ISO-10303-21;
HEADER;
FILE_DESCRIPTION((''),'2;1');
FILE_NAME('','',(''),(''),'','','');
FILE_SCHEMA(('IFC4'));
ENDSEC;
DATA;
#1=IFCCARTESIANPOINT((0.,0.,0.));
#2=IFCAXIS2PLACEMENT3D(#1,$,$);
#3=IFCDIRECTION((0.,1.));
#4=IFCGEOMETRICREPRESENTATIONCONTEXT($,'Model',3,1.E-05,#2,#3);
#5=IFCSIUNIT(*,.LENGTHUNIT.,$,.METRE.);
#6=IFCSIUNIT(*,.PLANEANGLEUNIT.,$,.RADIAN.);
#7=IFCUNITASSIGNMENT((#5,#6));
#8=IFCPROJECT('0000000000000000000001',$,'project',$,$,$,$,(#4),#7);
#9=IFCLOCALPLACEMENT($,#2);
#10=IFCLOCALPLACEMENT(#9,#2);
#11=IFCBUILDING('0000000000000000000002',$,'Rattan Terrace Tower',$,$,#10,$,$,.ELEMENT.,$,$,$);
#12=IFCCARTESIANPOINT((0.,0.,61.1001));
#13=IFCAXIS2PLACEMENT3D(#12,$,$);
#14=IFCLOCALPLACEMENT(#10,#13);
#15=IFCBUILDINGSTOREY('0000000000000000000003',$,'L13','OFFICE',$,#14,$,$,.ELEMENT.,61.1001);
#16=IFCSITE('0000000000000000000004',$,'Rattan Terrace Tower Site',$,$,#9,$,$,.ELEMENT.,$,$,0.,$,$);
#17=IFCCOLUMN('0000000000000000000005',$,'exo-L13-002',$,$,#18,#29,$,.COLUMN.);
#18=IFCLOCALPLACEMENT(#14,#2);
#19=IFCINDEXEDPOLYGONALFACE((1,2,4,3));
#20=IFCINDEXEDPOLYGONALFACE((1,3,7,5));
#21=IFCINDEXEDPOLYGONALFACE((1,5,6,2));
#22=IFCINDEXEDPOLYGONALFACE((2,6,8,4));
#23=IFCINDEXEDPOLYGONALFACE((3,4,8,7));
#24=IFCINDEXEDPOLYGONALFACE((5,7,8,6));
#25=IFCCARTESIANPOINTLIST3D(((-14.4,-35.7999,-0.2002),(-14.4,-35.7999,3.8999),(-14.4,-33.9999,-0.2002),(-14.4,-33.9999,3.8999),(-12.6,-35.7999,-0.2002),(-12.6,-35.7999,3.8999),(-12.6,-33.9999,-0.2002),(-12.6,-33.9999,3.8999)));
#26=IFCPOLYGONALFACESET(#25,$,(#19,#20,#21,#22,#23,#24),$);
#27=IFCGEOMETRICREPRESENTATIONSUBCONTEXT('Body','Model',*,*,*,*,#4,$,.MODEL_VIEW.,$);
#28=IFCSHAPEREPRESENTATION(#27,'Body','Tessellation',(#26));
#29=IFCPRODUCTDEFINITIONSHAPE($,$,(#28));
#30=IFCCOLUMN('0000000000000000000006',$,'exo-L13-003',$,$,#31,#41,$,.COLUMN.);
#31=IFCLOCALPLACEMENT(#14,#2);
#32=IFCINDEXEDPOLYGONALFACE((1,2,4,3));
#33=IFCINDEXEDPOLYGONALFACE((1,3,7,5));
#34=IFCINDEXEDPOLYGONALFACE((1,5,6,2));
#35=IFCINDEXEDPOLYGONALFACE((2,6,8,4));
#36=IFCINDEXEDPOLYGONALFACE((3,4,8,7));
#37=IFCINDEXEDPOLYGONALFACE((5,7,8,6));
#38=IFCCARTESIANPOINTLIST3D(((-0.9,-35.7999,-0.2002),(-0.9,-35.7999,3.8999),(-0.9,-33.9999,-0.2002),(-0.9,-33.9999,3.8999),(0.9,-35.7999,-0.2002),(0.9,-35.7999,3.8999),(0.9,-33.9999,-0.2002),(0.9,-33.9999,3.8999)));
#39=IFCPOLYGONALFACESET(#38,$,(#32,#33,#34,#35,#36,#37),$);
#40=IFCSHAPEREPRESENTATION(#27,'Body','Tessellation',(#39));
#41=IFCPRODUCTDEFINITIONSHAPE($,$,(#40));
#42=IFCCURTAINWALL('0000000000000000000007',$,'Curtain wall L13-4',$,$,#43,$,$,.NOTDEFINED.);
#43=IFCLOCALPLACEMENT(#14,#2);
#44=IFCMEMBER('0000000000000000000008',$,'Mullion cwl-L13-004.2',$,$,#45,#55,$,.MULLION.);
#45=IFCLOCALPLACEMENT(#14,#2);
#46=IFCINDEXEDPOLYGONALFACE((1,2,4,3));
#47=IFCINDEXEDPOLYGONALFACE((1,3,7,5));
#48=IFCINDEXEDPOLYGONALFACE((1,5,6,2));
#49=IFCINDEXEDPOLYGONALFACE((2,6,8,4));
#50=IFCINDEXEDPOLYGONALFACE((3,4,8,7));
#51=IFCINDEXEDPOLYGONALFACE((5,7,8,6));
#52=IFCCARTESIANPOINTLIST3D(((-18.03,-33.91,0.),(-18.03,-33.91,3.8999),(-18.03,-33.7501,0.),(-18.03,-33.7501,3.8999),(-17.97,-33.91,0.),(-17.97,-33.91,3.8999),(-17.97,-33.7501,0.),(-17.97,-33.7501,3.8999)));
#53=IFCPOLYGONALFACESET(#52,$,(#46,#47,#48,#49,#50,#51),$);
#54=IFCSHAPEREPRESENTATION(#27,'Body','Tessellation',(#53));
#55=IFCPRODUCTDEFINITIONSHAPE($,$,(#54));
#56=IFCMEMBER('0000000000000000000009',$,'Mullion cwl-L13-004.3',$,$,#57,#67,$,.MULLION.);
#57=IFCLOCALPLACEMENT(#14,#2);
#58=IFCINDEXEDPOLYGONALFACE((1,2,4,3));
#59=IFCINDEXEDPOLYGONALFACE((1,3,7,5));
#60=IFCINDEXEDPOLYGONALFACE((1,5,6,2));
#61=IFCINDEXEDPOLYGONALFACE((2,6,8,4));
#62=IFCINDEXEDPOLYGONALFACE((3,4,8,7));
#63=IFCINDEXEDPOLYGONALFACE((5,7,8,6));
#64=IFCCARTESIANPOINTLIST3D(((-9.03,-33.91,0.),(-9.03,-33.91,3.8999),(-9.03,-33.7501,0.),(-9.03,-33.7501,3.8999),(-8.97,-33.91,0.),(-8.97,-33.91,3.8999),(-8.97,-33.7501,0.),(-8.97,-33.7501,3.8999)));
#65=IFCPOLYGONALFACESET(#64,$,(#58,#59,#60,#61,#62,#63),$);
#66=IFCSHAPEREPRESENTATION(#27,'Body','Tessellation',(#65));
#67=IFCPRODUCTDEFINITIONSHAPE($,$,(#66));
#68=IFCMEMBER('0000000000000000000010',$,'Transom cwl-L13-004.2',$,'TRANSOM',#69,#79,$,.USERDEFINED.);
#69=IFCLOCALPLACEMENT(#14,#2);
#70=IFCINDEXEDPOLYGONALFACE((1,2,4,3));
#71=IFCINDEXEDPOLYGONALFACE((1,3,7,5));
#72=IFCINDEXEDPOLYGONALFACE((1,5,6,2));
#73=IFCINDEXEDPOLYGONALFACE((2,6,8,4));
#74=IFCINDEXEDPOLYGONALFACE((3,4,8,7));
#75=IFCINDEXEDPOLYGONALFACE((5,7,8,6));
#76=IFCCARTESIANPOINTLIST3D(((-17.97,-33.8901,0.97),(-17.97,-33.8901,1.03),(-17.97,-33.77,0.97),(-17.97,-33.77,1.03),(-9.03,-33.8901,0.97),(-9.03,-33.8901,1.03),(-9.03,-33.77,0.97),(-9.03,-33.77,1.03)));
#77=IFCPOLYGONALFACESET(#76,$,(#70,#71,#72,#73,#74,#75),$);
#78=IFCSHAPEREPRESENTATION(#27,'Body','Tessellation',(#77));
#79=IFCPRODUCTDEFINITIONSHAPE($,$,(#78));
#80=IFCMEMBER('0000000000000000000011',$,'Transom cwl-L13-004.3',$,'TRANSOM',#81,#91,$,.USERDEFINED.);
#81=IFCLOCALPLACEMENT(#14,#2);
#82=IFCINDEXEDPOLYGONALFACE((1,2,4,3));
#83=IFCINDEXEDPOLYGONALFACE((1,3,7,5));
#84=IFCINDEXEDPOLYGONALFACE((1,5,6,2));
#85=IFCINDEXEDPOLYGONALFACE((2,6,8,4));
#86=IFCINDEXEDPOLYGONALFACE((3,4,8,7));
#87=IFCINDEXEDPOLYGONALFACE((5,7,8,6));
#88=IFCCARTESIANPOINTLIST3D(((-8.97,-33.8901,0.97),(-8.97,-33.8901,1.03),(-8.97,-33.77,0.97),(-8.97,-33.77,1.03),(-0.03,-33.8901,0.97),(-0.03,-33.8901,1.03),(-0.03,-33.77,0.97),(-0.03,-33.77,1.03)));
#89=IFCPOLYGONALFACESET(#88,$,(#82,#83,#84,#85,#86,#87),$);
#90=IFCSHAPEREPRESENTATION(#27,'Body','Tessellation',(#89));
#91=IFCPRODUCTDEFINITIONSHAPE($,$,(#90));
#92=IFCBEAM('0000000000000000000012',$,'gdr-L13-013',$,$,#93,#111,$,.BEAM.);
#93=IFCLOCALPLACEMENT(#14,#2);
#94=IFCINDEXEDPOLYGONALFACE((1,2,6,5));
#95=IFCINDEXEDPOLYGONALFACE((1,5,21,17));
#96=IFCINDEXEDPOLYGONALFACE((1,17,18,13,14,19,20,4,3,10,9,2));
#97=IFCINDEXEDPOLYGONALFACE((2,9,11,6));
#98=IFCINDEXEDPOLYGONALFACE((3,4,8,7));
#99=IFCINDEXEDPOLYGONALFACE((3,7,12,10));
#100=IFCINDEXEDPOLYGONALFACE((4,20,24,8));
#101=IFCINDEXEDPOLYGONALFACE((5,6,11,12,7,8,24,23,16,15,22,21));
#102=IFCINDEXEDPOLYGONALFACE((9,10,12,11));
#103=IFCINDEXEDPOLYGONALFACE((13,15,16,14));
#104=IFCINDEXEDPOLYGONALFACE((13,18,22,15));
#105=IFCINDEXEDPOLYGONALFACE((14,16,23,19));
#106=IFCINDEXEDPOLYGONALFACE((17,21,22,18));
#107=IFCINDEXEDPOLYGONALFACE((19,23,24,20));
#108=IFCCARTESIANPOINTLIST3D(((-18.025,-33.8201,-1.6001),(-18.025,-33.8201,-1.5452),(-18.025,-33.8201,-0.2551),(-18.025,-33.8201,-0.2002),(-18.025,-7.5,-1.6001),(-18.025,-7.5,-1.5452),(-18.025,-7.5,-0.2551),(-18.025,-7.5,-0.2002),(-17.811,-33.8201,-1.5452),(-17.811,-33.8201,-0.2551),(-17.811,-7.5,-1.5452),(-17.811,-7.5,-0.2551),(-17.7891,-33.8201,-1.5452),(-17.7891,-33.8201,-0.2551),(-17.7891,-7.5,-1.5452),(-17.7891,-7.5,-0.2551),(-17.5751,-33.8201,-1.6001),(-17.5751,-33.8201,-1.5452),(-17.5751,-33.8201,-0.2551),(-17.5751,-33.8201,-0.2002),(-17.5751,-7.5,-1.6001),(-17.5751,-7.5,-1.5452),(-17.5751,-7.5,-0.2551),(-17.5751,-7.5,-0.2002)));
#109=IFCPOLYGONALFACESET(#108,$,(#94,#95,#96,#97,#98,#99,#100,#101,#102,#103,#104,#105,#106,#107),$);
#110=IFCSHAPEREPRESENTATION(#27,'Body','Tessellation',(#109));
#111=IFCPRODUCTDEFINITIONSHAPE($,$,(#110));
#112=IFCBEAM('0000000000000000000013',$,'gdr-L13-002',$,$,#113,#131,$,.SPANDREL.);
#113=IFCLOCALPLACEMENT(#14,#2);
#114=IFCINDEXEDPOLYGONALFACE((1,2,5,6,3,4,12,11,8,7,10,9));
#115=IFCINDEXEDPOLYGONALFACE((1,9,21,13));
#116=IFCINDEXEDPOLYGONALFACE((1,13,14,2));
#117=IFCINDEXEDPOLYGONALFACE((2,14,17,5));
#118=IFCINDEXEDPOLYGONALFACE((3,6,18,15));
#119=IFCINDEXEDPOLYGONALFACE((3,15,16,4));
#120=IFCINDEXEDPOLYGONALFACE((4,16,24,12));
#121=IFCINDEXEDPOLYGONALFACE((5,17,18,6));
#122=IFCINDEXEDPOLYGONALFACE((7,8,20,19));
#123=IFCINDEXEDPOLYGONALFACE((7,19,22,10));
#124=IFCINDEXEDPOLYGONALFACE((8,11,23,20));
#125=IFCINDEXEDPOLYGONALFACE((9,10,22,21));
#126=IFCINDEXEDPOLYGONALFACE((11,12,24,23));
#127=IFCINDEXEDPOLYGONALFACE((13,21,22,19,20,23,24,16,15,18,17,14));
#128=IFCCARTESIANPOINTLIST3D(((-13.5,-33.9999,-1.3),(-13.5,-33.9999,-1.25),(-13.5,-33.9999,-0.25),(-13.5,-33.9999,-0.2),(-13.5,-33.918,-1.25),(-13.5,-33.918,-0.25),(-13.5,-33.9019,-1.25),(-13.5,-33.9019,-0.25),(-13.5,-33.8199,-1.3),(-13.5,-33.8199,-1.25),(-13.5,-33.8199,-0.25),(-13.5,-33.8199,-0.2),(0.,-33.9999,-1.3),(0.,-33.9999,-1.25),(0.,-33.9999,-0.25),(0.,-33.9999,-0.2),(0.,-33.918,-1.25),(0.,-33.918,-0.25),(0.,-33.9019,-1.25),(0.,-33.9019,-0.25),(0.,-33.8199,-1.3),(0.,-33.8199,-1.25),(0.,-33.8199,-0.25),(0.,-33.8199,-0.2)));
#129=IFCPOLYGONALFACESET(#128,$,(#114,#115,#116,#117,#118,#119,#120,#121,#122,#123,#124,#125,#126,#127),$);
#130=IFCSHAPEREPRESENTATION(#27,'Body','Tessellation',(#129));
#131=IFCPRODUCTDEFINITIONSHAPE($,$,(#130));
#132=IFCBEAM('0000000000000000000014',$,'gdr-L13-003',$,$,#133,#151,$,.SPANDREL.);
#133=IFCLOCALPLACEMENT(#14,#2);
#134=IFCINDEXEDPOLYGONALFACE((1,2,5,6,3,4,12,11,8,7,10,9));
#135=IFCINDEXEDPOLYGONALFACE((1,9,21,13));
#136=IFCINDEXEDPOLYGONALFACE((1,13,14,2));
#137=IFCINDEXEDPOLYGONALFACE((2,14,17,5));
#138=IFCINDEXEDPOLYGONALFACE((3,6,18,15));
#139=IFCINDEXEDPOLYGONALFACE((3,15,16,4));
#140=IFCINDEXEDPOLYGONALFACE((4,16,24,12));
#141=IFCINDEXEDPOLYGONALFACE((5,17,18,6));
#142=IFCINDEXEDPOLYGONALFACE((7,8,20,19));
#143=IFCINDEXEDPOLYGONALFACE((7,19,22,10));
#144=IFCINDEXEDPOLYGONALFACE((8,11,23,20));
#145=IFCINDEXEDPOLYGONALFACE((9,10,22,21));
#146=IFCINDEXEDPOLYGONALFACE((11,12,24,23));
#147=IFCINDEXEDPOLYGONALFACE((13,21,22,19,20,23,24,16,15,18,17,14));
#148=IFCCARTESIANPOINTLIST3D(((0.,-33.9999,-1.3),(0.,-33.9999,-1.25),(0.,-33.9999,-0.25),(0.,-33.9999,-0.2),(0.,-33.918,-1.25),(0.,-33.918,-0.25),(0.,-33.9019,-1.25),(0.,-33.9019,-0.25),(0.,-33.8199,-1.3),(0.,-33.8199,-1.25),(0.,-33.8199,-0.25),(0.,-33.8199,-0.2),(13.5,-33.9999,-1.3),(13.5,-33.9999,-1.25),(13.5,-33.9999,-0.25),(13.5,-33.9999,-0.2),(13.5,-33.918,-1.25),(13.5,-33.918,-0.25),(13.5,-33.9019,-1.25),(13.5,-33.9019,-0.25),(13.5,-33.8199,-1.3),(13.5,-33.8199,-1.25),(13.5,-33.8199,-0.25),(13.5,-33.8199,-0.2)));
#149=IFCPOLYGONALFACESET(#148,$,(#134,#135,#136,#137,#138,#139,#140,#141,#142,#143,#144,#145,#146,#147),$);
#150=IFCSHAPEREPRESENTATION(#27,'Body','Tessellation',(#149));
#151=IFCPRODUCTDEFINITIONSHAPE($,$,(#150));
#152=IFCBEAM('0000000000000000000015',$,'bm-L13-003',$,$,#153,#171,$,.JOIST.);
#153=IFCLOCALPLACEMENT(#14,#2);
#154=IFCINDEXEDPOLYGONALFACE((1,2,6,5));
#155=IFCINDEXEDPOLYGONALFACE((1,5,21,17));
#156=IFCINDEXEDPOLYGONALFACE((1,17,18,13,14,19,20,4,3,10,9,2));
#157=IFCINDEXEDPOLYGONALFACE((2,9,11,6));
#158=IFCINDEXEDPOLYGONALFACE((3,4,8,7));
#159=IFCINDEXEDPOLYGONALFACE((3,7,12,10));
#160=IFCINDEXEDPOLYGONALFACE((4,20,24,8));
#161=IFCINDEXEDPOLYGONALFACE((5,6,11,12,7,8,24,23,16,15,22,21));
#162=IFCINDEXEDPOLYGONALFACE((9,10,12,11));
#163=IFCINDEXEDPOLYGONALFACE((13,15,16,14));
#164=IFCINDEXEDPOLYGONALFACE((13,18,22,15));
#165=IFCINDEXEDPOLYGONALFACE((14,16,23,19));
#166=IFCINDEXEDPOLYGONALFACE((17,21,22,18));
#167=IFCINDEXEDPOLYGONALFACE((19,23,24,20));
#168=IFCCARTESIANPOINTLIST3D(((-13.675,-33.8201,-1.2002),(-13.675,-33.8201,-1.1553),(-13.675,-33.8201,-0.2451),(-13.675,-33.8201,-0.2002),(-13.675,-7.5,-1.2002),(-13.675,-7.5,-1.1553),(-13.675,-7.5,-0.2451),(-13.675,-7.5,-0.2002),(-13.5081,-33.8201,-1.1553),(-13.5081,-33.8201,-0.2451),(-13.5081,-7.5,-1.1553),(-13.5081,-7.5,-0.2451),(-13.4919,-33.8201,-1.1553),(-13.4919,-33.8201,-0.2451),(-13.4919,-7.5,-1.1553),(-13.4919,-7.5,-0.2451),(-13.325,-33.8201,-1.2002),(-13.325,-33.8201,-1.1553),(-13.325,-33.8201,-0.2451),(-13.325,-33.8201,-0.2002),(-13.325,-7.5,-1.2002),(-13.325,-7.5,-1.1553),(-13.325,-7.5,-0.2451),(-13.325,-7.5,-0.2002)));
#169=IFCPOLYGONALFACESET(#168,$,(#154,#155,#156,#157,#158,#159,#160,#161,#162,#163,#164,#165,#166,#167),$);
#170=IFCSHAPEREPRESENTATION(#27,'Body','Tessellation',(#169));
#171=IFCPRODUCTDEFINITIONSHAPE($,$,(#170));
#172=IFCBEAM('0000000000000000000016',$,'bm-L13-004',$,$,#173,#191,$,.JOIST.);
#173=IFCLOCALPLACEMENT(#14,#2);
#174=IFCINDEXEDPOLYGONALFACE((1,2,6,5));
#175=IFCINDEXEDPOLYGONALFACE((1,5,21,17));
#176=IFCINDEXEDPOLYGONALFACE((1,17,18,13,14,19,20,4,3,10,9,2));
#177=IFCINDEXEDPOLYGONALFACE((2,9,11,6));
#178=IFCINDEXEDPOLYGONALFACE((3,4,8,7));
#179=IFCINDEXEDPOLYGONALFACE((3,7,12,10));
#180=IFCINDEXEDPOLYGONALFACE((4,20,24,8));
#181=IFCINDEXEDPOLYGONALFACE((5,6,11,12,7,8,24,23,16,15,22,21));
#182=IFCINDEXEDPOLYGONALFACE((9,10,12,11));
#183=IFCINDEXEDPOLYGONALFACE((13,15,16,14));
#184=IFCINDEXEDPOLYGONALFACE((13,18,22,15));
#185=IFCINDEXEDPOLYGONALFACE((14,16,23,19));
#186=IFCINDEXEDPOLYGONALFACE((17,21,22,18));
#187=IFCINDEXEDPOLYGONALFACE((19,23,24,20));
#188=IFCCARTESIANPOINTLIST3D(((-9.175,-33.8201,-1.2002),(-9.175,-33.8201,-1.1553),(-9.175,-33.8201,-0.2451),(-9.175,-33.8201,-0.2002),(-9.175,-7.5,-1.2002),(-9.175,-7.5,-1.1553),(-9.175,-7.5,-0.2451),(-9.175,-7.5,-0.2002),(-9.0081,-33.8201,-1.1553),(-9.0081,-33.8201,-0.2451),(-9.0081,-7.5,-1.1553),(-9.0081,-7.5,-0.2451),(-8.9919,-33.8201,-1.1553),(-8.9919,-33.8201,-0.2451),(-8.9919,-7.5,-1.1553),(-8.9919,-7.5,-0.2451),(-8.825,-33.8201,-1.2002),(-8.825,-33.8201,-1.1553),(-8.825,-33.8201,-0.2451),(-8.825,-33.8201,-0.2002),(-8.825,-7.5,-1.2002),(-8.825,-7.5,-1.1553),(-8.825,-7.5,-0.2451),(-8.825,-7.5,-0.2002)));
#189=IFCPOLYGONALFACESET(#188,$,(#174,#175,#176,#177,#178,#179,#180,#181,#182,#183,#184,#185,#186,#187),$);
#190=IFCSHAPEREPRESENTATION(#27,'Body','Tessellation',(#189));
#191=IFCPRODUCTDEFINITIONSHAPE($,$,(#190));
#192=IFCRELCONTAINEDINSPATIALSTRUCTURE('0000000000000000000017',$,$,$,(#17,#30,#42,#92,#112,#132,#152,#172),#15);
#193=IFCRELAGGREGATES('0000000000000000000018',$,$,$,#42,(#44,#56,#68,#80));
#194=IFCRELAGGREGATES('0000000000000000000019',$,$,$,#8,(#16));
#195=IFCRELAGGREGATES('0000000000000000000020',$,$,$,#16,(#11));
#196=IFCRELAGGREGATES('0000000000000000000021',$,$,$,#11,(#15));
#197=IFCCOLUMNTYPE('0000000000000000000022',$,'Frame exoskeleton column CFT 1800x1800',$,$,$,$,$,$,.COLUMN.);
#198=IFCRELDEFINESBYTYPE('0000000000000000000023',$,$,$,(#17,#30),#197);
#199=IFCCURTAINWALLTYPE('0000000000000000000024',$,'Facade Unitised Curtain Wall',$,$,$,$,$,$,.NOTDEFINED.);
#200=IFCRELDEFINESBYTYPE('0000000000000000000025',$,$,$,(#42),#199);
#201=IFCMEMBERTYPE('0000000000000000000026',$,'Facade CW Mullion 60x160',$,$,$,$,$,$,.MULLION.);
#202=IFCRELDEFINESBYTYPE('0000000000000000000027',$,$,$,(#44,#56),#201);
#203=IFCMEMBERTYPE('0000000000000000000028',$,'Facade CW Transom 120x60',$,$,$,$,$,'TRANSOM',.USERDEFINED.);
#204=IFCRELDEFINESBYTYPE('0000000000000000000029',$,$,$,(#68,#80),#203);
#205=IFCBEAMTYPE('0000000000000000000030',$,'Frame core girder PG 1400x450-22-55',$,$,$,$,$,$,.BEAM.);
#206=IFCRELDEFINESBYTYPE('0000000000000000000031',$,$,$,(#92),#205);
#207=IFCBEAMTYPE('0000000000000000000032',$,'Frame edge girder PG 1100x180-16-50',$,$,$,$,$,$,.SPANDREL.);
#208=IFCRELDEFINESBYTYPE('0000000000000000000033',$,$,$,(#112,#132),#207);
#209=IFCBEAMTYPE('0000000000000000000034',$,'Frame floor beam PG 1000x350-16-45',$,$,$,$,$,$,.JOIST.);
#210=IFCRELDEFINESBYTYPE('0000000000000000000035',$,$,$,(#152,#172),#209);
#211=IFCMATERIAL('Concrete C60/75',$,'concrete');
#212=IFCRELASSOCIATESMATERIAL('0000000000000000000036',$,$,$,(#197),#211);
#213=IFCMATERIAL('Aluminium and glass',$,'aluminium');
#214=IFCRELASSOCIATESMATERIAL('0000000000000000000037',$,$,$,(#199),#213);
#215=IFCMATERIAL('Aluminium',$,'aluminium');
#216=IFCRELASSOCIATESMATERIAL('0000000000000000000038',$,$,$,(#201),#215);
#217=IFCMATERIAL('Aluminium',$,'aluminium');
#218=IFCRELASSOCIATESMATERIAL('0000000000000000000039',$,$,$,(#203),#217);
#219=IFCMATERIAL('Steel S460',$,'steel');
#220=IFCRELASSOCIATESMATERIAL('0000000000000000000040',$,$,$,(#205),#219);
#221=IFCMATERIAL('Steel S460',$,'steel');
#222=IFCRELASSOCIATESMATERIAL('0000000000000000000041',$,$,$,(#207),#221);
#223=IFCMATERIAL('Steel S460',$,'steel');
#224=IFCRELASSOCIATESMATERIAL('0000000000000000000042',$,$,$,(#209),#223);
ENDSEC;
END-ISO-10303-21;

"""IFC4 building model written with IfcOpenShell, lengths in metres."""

from ifc_helpers import new_model, si_unit, direction, frame, origin, origin_2d, place, context, subcontext, project, spatial, rectangle, i_section, extrude, material, material_profile, profile_set, type_object, element, aggregate, save


model = new_model("IFC4")

# Units and contexts
model_context = context("Model", 3, precision=1e-05, world=origin(), true_north=direction((0.0, 1.0)))
body_context = subcontext(model_context, "Body", "Model", "MODEL_VIEW")
ifc_project = project(units=[si_unit("LENGTHUNIT", "METRE"), si_unit("PLANEANGLEUNIT", "RADIAN")], contexts=[model_context])

# Site, building, storey
site_placement = place(None, origin())
site = spatial("IfcSite", under=ifc_project, at=site_placement, Name="Rattan Terrace Tower Site", CompositionType="ELEMENT", RefElevation=0.0)
building_placement = place(site_placement, origin())
building = spatial("IfcBuilding", under=site, at=building_placement, Name="Rattan Terrace Tower", CompositionType="ELEMENT")
storey_placement = place(building_placement, frame((0.0, 0.0, 61.1001)))
storey = spatial("IfcBuildingStorey", under=building, at=storey_placement, Name="L13", Description="OFFICE", CompositionType="ELEMENT", Elevation=61.1001)

# Columns
ifc_material_1 = material(Name="Concrete C60/75", Category="concrete")
ifc_material_profile_1 = material_profile(ifc_material_1, rectangle(XDim=1.8, YDim=1.8, at=origin_2d()), Name="CFT 1800x1800")
ifc_profile_set_1 = profile_set([ifc_material_profile_1], Name="Concrete C60/75")
column_type = type_object("IfcColumnType", Name="Frame exoskeleton column CFT 1800x1800", PredefinedType="COLUMN", material=ifc_profile_set_1)
for number, where, z_axis, x_axis, name in (
    (1, (-13.5, -34.8999, -0.2002), (0.0, 0.0, 1.0), (1.0, 0.0, 0.0), "exo-L13-002"),
    (2, (0.0, -34.8999, -0.2002), (0.0, 0.0, 1.0), (1.0, 0.0, 0.0), "exo-L13-003"),
):
    element("IfcColumn", number, at=place(storey_placement, frame(where, z_axis=z_axis, x_axis=x_axis)), inside=storey, type_object=column_type, Name=name, PredefinedType="COLUMN", context=body_context, shape_type="SweptSolid", body=[
        extrude(rectangle(XDim=1.8, YDim=1.8, at=origin_2d()), origin(), (0.0, 0.0, 1.0), 4.1001),
    ])

# Curtain wall, members
ifc_material_2 = material(Name="Aluminium and glass", Category="aluminium")
curtain_wall_type = type_object("IfcCurtainWallType", Name="Facade Unitised Curtain Wall", PredefinedType="NOTDEFINED", material=ifc_material_2)
curtain_wall_placement = place(storey_placement, origin())
curtain_wall = element("IfcCurtainWall", 3, at=curtain_wall_placement, inside=storey, type_object=curtain_wall_type, Name="Curtain wall L13-4", PredefinedType="NOTDEFINED")
ifc_material_3 = material(Name="Aluminium", Category="aluminium")
ifc_material_profile_2 = material_profile(ifc_material_3, rectangle(XDim=0.0601, YDim=0.1599, at=origin_2d()), Name="Aluminium 60x160")
ifc_profile_set_2 = profile_set([ifc_material_profile_2], Name="Aluminium")
member_type_1 = type_object("IfcMemberType", Name="Facade CW Mullion 60x160", PredefinedType="MULLION", material=ifc_profile_set_2)
member_1_placement = place(storey_placement, frame((-18.0, -33.8301, 0.0), z_axis=(0.0, 0.0, 1.0), x_axis=(1.0, 0.0, 0.0)))
member_1 = element("IfcMember", 4, at=member_1_placement, type_object=member_type_1, Name="Mullion cwl-L13-004.2", PredefinedType="MULLION", context=body_context, shape_type="SweptSolid", body=[
    extrude(rectangle(XDim=0.0601, YDim=0.1599, at=origin_2d()), origin(), (0.0, 0.0, 1.0), 3.8999),
])
member_2_placement = place(storey_placement, frame((-9.0, -33.8301, 0.0), z_axis=(0.0, 0.0, 1.0), x_axis=(1.0, 0.0, 0.0)))
member_2 = element("IfcMember", 5, at=member_2_placement, type_object=member_type_1, Name="Mullion cwl-L13-004.3", PredefinedType="MULLION", context=body_context, shape_type="SweptSolid", body=[
    extrude(rectangle(XDim=0.0601, YDim=0.1599, at=origin_2d()), origin(), (0.0, 0.0, 1.0), 3.8999),
])
ifc_material_4 = material(Name="Aluminium", Category="aluminium")
ifc_material_profile_3 = material_profile(ifc_material_4, rectangle(XDim=0.1201, YDim=0.0601, at=origin_2d()), Name="Aluminium 120x60")
ifc_profile_set_3 = profile_set([ifc_material_profile_3], Name="Aluminium")
member_type_2 = type_object("IfcMemberType", Name="Facade CW Transom 120x60", ElementType="TRANSOM", PredefinedType="USERDEFINED", material=ifc_profile_set_3)
member_3_placement = place(storey_placement, frame((-17.97, -33.8301, 1.0), z_axis=(1.0, 0.0, 0.0), x_axis=(0.0, 1.0, 0.0)))
member_3 = element("IfcMember", 6, at=member_3_placement, type_object=member_type_2, Name="Transom cwl-L13-004.2", ObjectType="TRANSOM", PredefinedType="USERDEFINED", context=body_context, shape_type="SweptSolid", body=[
    extrude(rectangle(XDim=0.1201, YDim=0.0601, at=origin_2d()), origin(), (0.0, 0.0, 1.0), 8.9399),
])
member_4_placement = place(storey_placement, frame((-8.97, -33.8301, 1.0), z_axis=(1.0, 0.0, 0.0), x_axis=(0.0, 1.0, 0.0)))
member_4 = element("IfcMember", 7, at=member_4_placement, type_object=member_type_2, Name="Transom cwl-L13-004.3", ObjectType="TRANSOM", PredefinedType="USERDEFINED", context=body_context, shape_type="SweptSolid", body=[
    extrude(rectangle(XDim=0.1201, YDim=0.0601, at=origin_2d()), origin(), (0.0, 0.0, 1.0), 8.9399),
])

# Beams
ifc_material_5 = material(Name="Steel S460", Category="steel")
ifc_material_profile_4 = material_profile(ifc_material_5, i_section(OverallWidth=0.45, OverallDepth=1.3999, WebThickness=0.022, FlangeThickness=0.0549, at=origin_2d()), Name="PG 1400x450-22-55")
ifc_profile_set_4 = profile_set([ifc_material_profile_4], Name="Steel S460")
beam_type_1 = type_object("IfcBeamType", Name="Frame core girder PG 1400x450-22-55", PredefinedType="BEAM", material=ifc_profile_set_4)
beam_placement = place(storey_placement, frame((-17.8, -33.8201, -0.9001), z_axis=(0.0, 1.0, 0.0), x_axis=(-1.0, 0.0, 0.0)))
element("IfcBeam", 8, at=beam_placement, inside=storey, type_object=beam_type_1, Name="gdr-L13-013", PredefinedType="BEAM", context=body_context, shape_type="SweptSolid", body=[
    extrude(i_section(OverallWidth=0.45, OverallDepth=1.3999, WebThickness=0.022, FlangeThickness=0.0549, at=origin_2d()), origin(), (0.0, 0.0, 1.0), 26.3201),
])
ifc_material_6 = material(Name="Steel S460", Category="steel")
ifc_material_profile_5 = material_profile(ifc_material_6, i_section(OverallWidth=0.1799, OverallDepth=1.1001, WebThickness=0.0161, FlangeThickness=0.05, at=origin_2d()), Name="PG 1100x180-16-50")
ifc_profile_set_5 = profile_set([ifc_material_profile_5], Name="Steel S460")
beam_type_2 = type_object("IfcBeamType", Name="Frame edge girder PG 1100x180-16-50", PredefinedType="SPANDREL", material=ifc_profile_set_5)
for number, where, z_axis, x_axis, name in (
    (9, (-13.5, -33.9099, -0.75), (1.0, 0.0, 0.0), (0.0, 1.0, 0.0), "gdr-L13-002"),
    (10, (0.0, -33.9099, -0.75), (1.0, 0.0, 0.0), (0.0, 1.0, 0.0), "gdr-L13-003"),
):
    element("IfcBeam", number, at=place(storey_placement, frame(where, z_axis=z_axis, x_axis=x_axis)), inside=storey, type_object=beam_type_2, Name=name, PredefinedType="SPANDREL", context=body_context, shape_type="SweptSolid", body=[
        extrude(i_section(OverallWidth=0.1799, OverallDepth=1.1001, WebThickness=0.0161, FlangeThickness=0.05, at=origin_2d()), origin(), (0.0, 0.0, 1.0), 13.5),
    ])
ifc_material_7 = material(Name="Steel S460", Category="steel")
ifc_material_profile_6 = material_profile(ifc_material_7, i_section(OverallWidth=0.3501, OverallDepth=1.0, WebThickness=0.0161, FlangeThickness=0.0449, at=origin_2d()), Name="PG 1000x350-16-45")
ifc_profile_set_6 = profile_set([ifc_material_profile_6], Name="Steel S460")
beam_type_3 = type_object("IfcBeamType", Name="Frame floor beam PG 1000x350-16-45", PredefinedType="JOIST", material=ifc_profile_set_6)
for number, where, z_axis, x_axis, name in (
    (11, (-13.5, -33.8201, -0.7002), (0.0, 1.0, 0.0), (-1.0, 0.0, 0.0), "bm-L13-003"),
    (12, (-9.0, -33.8201, -0.7002), (0.0, 1.0, 0.0), (-1.0, 0.0, 0.0), "bm-L13-004"),
):
    element("IfcBeam", number, at=place(storey_placement, frame(where, z_axis=z_axis, x_axis=x_axis)), inside=storey, type_object=beam_type_3, Name=name, PredefinedType="JOIST", context=body_context, shape_type="SweptSolid", body=[
        extrude(i_section(OverallWidth=0.3501, OverallDepth=1.0, WebThickness=0.0161, FlangeThickness=0.0449, at=origin_2d()), origin(), (0.0, 0.0, 1.0), 26.3201),
    ])

aggregate(curtain_wall, [member_1, member_2, member_3, member_4])

save(model, "model.ifc")
